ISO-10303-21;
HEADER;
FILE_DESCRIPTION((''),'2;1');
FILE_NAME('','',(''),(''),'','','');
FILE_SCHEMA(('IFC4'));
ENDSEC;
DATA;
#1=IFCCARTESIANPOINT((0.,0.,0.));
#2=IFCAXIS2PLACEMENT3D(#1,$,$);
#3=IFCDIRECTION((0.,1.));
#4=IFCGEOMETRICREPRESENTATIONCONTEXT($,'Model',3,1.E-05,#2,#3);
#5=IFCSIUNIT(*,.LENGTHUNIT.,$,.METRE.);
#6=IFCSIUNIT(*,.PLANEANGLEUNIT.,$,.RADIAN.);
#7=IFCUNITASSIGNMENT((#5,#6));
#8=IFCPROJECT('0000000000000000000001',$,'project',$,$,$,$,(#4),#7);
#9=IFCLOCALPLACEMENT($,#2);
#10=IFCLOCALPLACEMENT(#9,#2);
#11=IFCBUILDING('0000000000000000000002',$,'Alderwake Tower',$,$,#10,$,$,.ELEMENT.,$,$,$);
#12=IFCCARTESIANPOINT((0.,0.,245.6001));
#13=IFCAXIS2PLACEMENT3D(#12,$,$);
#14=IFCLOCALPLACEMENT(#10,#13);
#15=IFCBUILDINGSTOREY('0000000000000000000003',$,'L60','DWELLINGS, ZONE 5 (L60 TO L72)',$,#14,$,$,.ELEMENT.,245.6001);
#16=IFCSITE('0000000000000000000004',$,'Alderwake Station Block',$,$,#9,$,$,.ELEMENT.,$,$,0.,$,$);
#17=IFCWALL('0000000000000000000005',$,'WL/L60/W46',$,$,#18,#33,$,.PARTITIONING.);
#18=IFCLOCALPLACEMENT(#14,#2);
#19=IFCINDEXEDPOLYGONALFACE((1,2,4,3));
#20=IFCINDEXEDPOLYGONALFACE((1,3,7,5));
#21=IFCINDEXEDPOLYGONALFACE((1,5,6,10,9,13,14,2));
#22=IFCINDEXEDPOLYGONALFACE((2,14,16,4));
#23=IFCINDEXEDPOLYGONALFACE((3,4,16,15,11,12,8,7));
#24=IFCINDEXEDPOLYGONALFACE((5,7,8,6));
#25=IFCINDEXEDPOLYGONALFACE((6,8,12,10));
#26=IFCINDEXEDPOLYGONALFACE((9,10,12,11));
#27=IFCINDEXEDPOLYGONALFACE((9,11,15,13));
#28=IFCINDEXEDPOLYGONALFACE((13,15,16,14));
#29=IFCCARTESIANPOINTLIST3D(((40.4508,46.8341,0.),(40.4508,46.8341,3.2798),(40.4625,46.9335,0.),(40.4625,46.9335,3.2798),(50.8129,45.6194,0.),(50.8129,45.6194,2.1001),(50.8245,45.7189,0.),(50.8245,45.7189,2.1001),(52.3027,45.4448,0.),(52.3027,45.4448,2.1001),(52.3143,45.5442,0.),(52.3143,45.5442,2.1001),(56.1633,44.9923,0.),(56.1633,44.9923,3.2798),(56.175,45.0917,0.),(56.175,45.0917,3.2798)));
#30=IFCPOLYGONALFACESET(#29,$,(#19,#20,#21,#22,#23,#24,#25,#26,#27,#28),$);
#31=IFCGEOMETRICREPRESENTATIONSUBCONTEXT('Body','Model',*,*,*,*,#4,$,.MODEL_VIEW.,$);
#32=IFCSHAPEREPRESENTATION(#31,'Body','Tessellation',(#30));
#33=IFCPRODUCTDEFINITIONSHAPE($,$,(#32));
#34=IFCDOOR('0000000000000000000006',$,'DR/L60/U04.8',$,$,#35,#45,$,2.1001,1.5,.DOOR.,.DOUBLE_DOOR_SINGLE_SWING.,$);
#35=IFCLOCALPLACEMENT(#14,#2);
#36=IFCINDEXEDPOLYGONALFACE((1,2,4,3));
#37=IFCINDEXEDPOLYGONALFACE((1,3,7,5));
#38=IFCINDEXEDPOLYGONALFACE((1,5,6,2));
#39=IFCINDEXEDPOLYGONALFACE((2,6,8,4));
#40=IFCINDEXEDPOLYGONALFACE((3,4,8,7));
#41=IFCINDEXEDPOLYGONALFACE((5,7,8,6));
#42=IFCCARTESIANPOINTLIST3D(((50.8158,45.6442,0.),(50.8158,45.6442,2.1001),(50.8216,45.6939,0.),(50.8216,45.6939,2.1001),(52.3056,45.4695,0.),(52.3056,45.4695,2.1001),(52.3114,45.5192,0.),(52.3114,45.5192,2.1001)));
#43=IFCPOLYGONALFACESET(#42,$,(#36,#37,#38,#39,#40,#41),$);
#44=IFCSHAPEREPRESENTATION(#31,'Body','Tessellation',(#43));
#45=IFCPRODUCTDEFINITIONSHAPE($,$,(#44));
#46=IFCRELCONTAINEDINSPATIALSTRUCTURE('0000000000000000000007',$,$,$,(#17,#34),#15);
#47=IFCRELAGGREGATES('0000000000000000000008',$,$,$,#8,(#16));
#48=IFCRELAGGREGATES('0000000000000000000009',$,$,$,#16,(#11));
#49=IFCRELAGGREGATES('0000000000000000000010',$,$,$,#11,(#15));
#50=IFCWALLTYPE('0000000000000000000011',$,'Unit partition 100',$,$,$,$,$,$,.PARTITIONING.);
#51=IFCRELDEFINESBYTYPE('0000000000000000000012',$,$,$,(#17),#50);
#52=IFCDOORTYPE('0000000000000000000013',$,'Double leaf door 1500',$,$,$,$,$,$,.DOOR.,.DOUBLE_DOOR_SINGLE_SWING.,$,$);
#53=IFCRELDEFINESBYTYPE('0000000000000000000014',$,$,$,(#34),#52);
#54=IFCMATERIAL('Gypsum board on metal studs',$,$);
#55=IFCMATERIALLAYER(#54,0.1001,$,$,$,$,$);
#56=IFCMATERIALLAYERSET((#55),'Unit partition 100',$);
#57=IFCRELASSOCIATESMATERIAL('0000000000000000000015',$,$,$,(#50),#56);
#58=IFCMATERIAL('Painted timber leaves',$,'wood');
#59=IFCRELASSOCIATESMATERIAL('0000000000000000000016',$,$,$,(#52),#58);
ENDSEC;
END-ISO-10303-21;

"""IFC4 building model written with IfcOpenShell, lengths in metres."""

from ifc_helpers import new_model, si_unit, direction, frame, frame_2d, origin, place, context, subcontext, project, spatial, rectangle, extrude, material, layer, layer_set, type_object, element, fill, save


model = new_model("IFC4")

# Units and contexts
model_context = context("Model", 3, precision=1e-05, world=origin(), true_north=direction((0.0, 1.0)))
body_context = subcontext(model_context, "Body", "Model", "MODEL_VIEW")
ifc_project = project(units=[si_unit("LENGTHUNIT", "METRE"), si_unit("PLANEANGLEUNIT", "RADIAN")], contexts=[model_context])

# Site, building, storey
site_placement = place(None, origin())
site = spatial("IfcSite", under=ifc_project, at=site_placement, Name="Alderwake Station Block", CompositionType="ELEMENT", RefElevation=0.0)
building_placement = place(site_placement, origin())
building = spatial("IfcBuilding", under=site, at=building_placement, Name="Alderwake Tower", CompositionType="ELEMENT")
storey_placement = place(building_placement, frame((0.0, 0.0, 245.6001)))
storey = spatial("IfcBuildingStorey", under=building, at=storey_placement, Name="L60", Description="DWELLINGS, ZONE 5 (L60 TO L72)", CompositionType="ELEMENT", Elevation=245.6001)

# Wall, opening, door
ifc_material_1 = material(Name="Gypsum board on metal studs")
ifc_layer_1 = layer(ifc_material_1, 0.1001)
ifc_layer_set_1 = layer_set([ifc_layer_1], Name="Unit partition 100")
wall_type_1 = type_object("IfcWallType", Name="Unit partition 100", PredefinedType="PARTITIONING", material=ifc_layer_set_1)
wall_1_placement = place(storey_placement, frame((40.4565, 46.8838, 0.0), z_axis=(0.0, 0.0, 1.0), x_axis=(0.9932, -0.116422, 0.0)))
wall_1 = element("IfcWall", 1, at=wall_1_placement, inside=storey, type_object=wall_type_1, Name="WL/L60/W46", PredefinedType="PARTITIONING", context=body_context, shape_type="SweptSolid", body=[
    extrude(rectangle(XDim=15.8201, YDim=0.1001, at=frame_2d((7.9102, 0.0))), origin(), (0.0, 0.0, 1.0), 3.2798),
])
opening_1_placement = place(wall_1_placement, frame((10.4331, 0.0, 0.0)))
opening_1 = element("IfcOpeningElement", 2, at=opening_1_placement, cuts=wall_1, PredefinedType="OPENING", context=body_context, shape_type="SweptSolid", body=[
    extrude(rectangle(XDim=1.5, YDim=2.1001, at=frame_2d((0.75, 1.05))), frame((0.0, 0.0601, 0.0), z_axis=(0.0, -1.0, 0.0), x_axis=(1.0, 0.0, 0.0)), (0.0, 0.0, 1.0), 0.1201),
])
ifc_material_2 = material(Name="Painted timber leaves", Category="wood")
door_type_1 = type_object("IfcDoorType", Name="Double leaf door 1500", OperationType="DOUBLE_DOOR_SINGLE_SWING", PredefinedType="DOOR", material=ifc_material_2)
door_1_placement = place(opening_1_placement, origin())
door_1 = element("IfcDoor", 3, at=door_1_placement, inside=storey, type_object=door_type_1, Name="DR/L60/U04.8", OperationType="DOUBLE_DOOR_SINGLE_SWING", OverallHeight=2.1001, OverallWidth=1.5, PredefinedType="DOOR", context=body_context, shape_type="SweptSolid", body=[
    extrude(rectangle(XDim=1.5, YDim=2.1001, at=frame_2d((0.75, 1.05))), frame((0.0, 0.0249, 0.0), z_axis=(0.0, -1.0, 0.0), x_axis=(1.0, 0.0, 0.0)), (0.0, 0.0, 1.0), 0.05),
])
fill(opening_1, door_1)

save(model, "model.ifc")
